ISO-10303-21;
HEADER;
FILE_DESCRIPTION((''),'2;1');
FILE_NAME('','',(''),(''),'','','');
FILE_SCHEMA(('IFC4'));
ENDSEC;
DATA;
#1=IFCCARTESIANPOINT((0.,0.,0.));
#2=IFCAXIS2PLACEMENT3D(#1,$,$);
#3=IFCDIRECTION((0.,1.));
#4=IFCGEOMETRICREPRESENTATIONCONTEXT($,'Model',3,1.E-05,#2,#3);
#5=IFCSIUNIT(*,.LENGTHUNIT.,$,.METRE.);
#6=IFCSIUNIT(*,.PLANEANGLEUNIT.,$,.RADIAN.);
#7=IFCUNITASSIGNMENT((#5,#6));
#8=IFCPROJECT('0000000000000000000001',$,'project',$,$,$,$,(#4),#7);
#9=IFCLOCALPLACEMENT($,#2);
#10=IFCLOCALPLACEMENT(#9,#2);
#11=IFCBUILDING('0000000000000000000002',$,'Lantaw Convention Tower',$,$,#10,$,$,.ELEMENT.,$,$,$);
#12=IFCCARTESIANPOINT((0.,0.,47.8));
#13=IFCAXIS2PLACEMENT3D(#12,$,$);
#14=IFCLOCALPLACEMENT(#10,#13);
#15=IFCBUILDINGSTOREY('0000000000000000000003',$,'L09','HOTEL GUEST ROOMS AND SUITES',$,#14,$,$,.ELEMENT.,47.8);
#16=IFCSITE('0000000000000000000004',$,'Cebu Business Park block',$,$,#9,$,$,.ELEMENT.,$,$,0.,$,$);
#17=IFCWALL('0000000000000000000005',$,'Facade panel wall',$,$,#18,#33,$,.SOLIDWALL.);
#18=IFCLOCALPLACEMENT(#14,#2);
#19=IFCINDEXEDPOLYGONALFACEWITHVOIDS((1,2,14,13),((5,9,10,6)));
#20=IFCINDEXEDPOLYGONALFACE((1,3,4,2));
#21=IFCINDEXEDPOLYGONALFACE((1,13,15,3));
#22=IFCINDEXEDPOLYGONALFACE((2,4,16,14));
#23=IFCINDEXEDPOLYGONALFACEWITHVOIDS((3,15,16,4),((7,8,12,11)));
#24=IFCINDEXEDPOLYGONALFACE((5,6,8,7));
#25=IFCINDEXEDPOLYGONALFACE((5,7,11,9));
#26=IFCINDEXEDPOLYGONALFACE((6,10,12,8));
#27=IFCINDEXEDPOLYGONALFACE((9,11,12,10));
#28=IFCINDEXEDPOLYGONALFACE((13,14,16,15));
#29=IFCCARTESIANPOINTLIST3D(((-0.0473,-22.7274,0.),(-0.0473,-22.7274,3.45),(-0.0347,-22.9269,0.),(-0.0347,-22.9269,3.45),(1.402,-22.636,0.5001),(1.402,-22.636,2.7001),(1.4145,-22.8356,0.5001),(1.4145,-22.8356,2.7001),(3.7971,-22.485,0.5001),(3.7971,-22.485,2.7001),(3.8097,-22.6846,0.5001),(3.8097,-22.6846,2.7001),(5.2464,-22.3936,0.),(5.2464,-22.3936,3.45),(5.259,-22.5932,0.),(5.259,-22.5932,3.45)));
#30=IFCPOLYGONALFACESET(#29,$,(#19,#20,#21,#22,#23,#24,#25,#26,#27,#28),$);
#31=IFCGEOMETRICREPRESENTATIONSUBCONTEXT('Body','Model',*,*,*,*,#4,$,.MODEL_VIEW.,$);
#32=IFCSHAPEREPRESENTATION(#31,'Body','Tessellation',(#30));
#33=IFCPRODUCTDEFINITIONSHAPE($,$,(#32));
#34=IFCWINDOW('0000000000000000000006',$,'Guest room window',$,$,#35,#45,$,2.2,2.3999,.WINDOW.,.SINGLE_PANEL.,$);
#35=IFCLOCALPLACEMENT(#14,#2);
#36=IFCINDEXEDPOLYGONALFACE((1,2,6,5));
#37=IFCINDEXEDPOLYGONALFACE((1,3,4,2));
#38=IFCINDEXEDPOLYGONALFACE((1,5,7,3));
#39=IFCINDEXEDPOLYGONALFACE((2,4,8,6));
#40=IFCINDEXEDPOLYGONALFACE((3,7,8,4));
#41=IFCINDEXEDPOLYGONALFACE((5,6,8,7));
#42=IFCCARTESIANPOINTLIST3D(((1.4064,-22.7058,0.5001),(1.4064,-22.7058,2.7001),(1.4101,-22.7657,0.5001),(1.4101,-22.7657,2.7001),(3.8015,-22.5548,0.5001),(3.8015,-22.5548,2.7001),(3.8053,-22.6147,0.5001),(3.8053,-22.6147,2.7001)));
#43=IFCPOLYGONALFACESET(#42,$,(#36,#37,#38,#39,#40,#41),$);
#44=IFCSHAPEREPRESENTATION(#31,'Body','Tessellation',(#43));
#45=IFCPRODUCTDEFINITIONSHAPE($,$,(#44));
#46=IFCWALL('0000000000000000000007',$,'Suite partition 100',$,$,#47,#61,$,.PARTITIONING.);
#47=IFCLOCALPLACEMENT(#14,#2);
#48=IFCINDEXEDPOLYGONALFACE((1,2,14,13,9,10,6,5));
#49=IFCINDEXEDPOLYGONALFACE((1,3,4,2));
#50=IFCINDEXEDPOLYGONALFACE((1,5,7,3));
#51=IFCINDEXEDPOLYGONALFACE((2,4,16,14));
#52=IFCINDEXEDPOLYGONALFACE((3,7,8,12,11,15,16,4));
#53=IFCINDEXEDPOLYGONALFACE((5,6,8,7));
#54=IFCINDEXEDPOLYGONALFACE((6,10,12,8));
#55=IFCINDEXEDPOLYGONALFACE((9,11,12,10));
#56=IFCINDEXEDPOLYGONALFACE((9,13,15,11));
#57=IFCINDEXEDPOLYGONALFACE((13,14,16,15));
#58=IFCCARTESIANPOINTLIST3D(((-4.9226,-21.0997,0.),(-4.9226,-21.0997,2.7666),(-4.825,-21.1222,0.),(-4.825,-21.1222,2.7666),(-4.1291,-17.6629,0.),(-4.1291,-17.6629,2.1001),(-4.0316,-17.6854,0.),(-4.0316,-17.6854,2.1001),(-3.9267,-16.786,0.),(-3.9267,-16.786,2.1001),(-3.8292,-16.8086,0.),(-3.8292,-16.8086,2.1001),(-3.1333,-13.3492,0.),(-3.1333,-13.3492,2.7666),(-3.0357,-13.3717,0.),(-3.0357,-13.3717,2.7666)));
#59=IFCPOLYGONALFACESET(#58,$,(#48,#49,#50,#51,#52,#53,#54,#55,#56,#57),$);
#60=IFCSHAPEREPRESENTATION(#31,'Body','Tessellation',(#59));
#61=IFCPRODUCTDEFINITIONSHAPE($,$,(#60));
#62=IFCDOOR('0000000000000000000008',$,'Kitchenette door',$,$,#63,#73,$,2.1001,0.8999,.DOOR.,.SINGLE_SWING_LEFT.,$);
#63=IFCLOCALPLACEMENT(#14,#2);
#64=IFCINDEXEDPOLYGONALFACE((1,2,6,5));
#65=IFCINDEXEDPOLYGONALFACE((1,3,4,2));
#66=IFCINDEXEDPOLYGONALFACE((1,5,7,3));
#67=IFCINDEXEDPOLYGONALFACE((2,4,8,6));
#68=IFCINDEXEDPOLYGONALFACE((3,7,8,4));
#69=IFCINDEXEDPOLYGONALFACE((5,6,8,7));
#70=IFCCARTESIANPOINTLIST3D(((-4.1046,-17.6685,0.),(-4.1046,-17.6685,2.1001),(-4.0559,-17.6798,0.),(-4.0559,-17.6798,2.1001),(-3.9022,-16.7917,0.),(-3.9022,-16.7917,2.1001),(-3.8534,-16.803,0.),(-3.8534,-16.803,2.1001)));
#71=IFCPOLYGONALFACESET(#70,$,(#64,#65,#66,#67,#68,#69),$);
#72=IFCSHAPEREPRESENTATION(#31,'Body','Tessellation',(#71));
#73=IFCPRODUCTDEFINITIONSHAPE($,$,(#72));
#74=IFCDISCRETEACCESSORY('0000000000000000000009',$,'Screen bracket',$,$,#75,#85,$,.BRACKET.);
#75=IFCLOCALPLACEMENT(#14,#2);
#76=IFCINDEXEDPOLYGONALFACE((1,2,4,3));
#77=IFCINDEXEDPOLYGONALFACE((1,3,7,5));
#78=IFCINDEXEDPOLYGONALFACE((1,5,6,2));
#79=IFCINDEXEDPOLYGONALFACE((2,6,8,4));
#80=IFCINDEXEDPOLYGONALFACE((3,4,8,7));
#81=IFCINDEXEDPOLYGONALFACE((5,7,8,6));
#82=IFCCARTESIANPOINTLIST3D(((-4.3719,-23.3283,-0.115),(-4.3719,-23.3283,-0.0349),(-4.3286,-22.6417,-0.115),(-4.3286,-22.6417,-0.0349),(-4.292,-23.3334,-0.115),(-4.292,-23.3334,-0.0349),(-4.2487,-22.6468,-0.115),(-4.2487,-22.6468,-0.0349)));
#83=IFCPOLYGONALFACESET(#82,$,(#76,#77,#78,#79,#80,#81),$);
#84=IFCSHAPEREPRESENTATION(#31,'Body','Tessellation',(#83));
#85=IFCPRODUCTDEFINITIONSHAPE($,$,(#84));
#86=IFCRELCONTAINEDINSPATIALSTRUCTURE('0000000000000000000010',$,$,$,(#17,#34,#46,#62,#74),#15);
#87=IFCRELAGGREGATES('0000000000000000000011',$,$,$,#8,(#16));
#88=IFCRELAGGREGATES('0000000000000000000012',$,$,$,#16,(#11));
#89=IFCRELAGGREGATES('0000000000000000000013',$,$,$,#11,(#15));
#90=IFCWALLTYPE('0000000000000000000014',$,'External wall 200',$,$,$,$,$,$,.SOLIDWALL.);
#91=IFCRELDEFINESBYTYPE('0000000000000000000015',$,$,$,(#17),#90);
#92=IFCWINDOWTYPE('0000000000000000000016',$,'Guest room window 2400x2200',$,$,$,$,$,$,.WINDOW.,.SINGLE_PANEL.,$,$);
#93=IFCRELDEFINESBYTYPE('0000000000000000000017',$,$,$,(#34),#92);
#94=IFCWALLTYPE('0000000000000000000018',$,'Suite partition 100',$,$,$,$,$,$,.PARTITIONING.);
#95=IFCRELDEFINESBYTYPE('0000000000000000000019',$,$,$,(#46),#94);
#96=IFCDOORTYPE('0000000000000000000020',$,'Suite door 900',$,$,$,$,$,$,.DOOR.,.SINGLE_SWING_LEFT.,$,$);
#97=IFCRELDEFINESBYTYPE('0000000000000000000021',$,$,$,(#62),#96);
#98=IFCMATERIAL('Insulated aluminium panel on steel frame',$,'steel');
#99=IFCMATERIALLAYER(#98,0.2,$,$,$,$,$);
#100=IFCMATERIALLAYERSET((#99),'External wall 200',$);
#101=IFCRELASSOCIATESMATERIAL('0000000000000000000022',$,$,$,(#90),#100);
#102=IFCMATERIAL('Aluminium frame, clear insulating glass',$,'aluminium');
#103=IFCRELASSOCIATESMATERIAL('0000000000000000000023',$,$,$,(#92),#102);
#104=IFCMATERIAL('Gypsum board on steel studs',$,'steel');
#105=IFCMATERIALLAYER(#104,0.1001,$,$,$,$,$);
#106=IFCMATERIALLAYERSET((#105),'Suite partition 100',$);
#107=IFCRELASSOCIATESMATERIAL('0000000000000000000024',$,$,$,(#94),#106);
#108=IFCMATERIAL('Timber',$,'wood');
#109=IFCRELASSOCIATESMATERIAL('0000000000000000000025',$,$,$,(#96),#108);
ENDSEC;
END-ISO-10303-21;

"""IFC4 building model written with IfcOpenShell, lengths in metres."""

from ifc_helpers import new_model, si_unit, direction, frame, frame_2d, origin, origin_2d, place, context, subcontext, project, spatial, rectangle, extrude, material, layer, layer_set, type_object, element, fill, save


model = new_model("IFC4")

# Units and contexts
model_context = context("Model", 3, precision=1e-05, world=origin(), true_north=direction((0.0, 1.0)))
body_context = subcontext(model_context, "Body", "Model", "MODEL_VIEW")
ifc_project = project(units=[si_unit("LENGTHUNIT", "METRE"), si_unit("PLANEANGLEUNIT", "RADIAN")], contexts=[model_context])

# Site, building, storey
site_placement = place(None, origin())
site = spatial("IfcSite", under=ifc_project, at=site_placement, Name="Cebu Business Park block", CompositionType="ELEMENT", RefElevation=0.0)
building_placement = place(site_placement, origin())
building = spatial("IfcBuilding", under=site, at=building_placement, Name="Lantaw Convention Tower", CompositionType="ELEMENT")
storey_placement = place(building_placement, frame((0.0, 0.0, 47.8)))
storey = spatial("IfcBuildingStorey", under=building, at=storey_placement, Name="L09", Description="HOTEL GUEST ROOMS AND SUITES", CompositionType="ELEMENT", Elevation=47.8)

# Wall, opening, window
ifc_material_1 = material(Name="Insulated aluminium panel on steel frame", Category="steel")
ifc_layer_1 = layer(ifc_material_1, 0.2)
ifc_layer_set_1 = layer_set([ifc_layer_1], Name="External wall 200")
wall_type_1 = type_object("IfcWallType", Name="External wall 200", PredefinedType="SOLIDWALL", material=ifc_layer_set_1)
ifc_material_2 = material(Name="Aluminium frame, clear insulating glass", Category="aluminium")
window_type = type_object("IfcWindowType", Name="Guest room window 2400x2200", PartitioningType="SINGLE_PANEL", PredefinedType="WINDOW", material=ifc_material_2)
wall_1_placement = place(storey_placement, frame((-0.041, -22.8271, 0.0), z_axis=(0.0, 0.0, 1.0), x_axis=(0.998019, 0.06292, 0.0)))
wall_1 = element("IfcWall", 1, at=wall_1_placement, inside=storey, type_object=wall_type_1, Name="Facade panel wall", PredefinedType="SOLIDWALL", context=body_context, shape_type="SweptSolid", body=[
    extrude(rectangle(XDim=5.3042, YDim=0.2, at=frame_2d((2.6521, 0.0))), origin(), (0.0, 0.0, 1.0), 3.45),
])
opening_1_placement = place(wall_1_placement, frame((1.4521, 0.0, 0.5)))
opening_1 = element("IfcOpeningElement", 2, at=opening_1_placement, cuts=wall_1, PredefinedType="OPENING", context=body_context, shape_type="SweptSolid", body=[
    extrude(rectangle(XDim=2.3999, YDim=2.2, at=frame_2d((1.2, 1.1001))), frame((0.0, 0.1099, 0.0), z_axis=(0.0, -1.0, 0.0), x_axis=(1.0, 0.0, 0.0)), (0.0, 0.0, 1.0), 0.22),
])
window_1_placement = place(opening_1_placement, origin())
window_1 = element("IfcWindow", 3, at=window_1_placement, inside=storey, type_object=window_type, Name="Guest room window", OverallHeight=2.2, OverallWidth=2.3999, PartitioningType="SINGLE_PANEL", PredefinedType="WINDOW", context=body_context, shape_type="SweptSolid", body=[
    extrude(rectangle(XDim=2.3999, YDim=2.2, at=frame_2d((1.2, 1.1001))), frame((0.0, 0.03, 0.0), z_axis=(0.0, -1.0, 0.0), x_axis=(1.0, 0.0, 0.0)), (0.0, 0.0, 1.0), 0.0601),
])
fill(opening_1, window_1)

# Wall, opening, door
ifc_material_3 = material(Name="Gypsum board on steel studs", Category="steel")
ifc_layer_2 = layer(ifc_material_3, 0.1001)
ifc_layer_set_2 = layer_set([ifc_layer_2], Name="Suite partition 100")
wall_type_2 = type_object("IfcWallType", Name="Suite partition 100", PredefinedType="PARTITIONING", material=ifc_layer_set_2)
wall_2_placement = place(storey_placement, frame((-4.8738, -21.1108, 0.0), z_axis=(0.0, 0.0, 1.0), x_axis=(0.224947, 0.974371, 0.0)))
wall_2 = element("IfcWall", 4, at=wall_2_placement, inside=storey, type_object=wall_type_2, Name="Suite partition 100", PredefinedType="PARTITIONING", context=body_context, shape_type="SweptSolid", body=[
    extrude(rectangle(XDim=7.9543, YDim=0.1001, at=frame_2d((3.9771, 0.0))), origin(), (0.0, 0.0, 1.0), 2.7666),
])
opening_2_placement = place(wall_2_placement, frame((3.5271, 0.0, 0.0)))
opening_2 = element("IfcOpeningElement", 5, at=opening_2_placement, cuts=wall_2, PredefinedType="OPENING", context=body_context, shape_type="SweptSolid", body=[
    extrude(rectangle(XDim=0.8999, YDim=2.1001, at=frame_2d((0.45, 1.05))), frame((0.0, 0.0601, 0.0), z_axis=(0.0, -1.0, 0.0), x_axis=(1.0, 0.0, 0.0)), (0.0, 0.0, 1.0), 0.1201),
])
ifc_material_4 = material(Name="Timber", Category="wood")
door_type = type_object("IfcDoorType", Name="Suite door 900", OperationType="SINGLE_SWING_LEFT", PredefinedType="DOOR", material=ifc_material_4)
door_placement = place(opening_2_placement, origin())
door = element("IfcDoor", 6, at=door_placement, inside=storey, type_object=door_type, Name="Kitchenette door", OperationType="SINGLE_SWING_LEFT", OverallHeight=2.1001, OverallWidth=0.8999, PredefinedType="DOOR", context=body_context, shape_type="SweptSolid", body=[
    extrude(rectangle(XDim=0.8999, YDim=2.1001, at=frame_2d((0.45, 1.05))), frame((0.0, 0.0249, 0.0), z_axis=(0.0, -1.0, 0.0), x_axis=(1.0, 0.0, 0.0)), (0.0, 0.0, 1.0), 0.05),
])
fill(opening_2, door)

# Discrete accessory
discrete_accessory_placement = place(storey_placement, frame((-4.3103, -22.9875, -0.115), z_axis=(0.0, 0.0, 1.0), x_axis=(0.998016, -0.062958, 0.0)))
element("IfcDiscreteAccessory", 7, at=discrete_accessory_placement, inside=storey, Name="Screen bracket", PredefinedType="BRACKET", context=body_context, shape_type="SweptSolid", body=[
    extrude(rectangle(XDim=0.0801, YDim=0.688, at=origin_2d()), origin(), (0.0, 0.0, 1.0), 0.0801),
])

save(model, "model.ifc")
